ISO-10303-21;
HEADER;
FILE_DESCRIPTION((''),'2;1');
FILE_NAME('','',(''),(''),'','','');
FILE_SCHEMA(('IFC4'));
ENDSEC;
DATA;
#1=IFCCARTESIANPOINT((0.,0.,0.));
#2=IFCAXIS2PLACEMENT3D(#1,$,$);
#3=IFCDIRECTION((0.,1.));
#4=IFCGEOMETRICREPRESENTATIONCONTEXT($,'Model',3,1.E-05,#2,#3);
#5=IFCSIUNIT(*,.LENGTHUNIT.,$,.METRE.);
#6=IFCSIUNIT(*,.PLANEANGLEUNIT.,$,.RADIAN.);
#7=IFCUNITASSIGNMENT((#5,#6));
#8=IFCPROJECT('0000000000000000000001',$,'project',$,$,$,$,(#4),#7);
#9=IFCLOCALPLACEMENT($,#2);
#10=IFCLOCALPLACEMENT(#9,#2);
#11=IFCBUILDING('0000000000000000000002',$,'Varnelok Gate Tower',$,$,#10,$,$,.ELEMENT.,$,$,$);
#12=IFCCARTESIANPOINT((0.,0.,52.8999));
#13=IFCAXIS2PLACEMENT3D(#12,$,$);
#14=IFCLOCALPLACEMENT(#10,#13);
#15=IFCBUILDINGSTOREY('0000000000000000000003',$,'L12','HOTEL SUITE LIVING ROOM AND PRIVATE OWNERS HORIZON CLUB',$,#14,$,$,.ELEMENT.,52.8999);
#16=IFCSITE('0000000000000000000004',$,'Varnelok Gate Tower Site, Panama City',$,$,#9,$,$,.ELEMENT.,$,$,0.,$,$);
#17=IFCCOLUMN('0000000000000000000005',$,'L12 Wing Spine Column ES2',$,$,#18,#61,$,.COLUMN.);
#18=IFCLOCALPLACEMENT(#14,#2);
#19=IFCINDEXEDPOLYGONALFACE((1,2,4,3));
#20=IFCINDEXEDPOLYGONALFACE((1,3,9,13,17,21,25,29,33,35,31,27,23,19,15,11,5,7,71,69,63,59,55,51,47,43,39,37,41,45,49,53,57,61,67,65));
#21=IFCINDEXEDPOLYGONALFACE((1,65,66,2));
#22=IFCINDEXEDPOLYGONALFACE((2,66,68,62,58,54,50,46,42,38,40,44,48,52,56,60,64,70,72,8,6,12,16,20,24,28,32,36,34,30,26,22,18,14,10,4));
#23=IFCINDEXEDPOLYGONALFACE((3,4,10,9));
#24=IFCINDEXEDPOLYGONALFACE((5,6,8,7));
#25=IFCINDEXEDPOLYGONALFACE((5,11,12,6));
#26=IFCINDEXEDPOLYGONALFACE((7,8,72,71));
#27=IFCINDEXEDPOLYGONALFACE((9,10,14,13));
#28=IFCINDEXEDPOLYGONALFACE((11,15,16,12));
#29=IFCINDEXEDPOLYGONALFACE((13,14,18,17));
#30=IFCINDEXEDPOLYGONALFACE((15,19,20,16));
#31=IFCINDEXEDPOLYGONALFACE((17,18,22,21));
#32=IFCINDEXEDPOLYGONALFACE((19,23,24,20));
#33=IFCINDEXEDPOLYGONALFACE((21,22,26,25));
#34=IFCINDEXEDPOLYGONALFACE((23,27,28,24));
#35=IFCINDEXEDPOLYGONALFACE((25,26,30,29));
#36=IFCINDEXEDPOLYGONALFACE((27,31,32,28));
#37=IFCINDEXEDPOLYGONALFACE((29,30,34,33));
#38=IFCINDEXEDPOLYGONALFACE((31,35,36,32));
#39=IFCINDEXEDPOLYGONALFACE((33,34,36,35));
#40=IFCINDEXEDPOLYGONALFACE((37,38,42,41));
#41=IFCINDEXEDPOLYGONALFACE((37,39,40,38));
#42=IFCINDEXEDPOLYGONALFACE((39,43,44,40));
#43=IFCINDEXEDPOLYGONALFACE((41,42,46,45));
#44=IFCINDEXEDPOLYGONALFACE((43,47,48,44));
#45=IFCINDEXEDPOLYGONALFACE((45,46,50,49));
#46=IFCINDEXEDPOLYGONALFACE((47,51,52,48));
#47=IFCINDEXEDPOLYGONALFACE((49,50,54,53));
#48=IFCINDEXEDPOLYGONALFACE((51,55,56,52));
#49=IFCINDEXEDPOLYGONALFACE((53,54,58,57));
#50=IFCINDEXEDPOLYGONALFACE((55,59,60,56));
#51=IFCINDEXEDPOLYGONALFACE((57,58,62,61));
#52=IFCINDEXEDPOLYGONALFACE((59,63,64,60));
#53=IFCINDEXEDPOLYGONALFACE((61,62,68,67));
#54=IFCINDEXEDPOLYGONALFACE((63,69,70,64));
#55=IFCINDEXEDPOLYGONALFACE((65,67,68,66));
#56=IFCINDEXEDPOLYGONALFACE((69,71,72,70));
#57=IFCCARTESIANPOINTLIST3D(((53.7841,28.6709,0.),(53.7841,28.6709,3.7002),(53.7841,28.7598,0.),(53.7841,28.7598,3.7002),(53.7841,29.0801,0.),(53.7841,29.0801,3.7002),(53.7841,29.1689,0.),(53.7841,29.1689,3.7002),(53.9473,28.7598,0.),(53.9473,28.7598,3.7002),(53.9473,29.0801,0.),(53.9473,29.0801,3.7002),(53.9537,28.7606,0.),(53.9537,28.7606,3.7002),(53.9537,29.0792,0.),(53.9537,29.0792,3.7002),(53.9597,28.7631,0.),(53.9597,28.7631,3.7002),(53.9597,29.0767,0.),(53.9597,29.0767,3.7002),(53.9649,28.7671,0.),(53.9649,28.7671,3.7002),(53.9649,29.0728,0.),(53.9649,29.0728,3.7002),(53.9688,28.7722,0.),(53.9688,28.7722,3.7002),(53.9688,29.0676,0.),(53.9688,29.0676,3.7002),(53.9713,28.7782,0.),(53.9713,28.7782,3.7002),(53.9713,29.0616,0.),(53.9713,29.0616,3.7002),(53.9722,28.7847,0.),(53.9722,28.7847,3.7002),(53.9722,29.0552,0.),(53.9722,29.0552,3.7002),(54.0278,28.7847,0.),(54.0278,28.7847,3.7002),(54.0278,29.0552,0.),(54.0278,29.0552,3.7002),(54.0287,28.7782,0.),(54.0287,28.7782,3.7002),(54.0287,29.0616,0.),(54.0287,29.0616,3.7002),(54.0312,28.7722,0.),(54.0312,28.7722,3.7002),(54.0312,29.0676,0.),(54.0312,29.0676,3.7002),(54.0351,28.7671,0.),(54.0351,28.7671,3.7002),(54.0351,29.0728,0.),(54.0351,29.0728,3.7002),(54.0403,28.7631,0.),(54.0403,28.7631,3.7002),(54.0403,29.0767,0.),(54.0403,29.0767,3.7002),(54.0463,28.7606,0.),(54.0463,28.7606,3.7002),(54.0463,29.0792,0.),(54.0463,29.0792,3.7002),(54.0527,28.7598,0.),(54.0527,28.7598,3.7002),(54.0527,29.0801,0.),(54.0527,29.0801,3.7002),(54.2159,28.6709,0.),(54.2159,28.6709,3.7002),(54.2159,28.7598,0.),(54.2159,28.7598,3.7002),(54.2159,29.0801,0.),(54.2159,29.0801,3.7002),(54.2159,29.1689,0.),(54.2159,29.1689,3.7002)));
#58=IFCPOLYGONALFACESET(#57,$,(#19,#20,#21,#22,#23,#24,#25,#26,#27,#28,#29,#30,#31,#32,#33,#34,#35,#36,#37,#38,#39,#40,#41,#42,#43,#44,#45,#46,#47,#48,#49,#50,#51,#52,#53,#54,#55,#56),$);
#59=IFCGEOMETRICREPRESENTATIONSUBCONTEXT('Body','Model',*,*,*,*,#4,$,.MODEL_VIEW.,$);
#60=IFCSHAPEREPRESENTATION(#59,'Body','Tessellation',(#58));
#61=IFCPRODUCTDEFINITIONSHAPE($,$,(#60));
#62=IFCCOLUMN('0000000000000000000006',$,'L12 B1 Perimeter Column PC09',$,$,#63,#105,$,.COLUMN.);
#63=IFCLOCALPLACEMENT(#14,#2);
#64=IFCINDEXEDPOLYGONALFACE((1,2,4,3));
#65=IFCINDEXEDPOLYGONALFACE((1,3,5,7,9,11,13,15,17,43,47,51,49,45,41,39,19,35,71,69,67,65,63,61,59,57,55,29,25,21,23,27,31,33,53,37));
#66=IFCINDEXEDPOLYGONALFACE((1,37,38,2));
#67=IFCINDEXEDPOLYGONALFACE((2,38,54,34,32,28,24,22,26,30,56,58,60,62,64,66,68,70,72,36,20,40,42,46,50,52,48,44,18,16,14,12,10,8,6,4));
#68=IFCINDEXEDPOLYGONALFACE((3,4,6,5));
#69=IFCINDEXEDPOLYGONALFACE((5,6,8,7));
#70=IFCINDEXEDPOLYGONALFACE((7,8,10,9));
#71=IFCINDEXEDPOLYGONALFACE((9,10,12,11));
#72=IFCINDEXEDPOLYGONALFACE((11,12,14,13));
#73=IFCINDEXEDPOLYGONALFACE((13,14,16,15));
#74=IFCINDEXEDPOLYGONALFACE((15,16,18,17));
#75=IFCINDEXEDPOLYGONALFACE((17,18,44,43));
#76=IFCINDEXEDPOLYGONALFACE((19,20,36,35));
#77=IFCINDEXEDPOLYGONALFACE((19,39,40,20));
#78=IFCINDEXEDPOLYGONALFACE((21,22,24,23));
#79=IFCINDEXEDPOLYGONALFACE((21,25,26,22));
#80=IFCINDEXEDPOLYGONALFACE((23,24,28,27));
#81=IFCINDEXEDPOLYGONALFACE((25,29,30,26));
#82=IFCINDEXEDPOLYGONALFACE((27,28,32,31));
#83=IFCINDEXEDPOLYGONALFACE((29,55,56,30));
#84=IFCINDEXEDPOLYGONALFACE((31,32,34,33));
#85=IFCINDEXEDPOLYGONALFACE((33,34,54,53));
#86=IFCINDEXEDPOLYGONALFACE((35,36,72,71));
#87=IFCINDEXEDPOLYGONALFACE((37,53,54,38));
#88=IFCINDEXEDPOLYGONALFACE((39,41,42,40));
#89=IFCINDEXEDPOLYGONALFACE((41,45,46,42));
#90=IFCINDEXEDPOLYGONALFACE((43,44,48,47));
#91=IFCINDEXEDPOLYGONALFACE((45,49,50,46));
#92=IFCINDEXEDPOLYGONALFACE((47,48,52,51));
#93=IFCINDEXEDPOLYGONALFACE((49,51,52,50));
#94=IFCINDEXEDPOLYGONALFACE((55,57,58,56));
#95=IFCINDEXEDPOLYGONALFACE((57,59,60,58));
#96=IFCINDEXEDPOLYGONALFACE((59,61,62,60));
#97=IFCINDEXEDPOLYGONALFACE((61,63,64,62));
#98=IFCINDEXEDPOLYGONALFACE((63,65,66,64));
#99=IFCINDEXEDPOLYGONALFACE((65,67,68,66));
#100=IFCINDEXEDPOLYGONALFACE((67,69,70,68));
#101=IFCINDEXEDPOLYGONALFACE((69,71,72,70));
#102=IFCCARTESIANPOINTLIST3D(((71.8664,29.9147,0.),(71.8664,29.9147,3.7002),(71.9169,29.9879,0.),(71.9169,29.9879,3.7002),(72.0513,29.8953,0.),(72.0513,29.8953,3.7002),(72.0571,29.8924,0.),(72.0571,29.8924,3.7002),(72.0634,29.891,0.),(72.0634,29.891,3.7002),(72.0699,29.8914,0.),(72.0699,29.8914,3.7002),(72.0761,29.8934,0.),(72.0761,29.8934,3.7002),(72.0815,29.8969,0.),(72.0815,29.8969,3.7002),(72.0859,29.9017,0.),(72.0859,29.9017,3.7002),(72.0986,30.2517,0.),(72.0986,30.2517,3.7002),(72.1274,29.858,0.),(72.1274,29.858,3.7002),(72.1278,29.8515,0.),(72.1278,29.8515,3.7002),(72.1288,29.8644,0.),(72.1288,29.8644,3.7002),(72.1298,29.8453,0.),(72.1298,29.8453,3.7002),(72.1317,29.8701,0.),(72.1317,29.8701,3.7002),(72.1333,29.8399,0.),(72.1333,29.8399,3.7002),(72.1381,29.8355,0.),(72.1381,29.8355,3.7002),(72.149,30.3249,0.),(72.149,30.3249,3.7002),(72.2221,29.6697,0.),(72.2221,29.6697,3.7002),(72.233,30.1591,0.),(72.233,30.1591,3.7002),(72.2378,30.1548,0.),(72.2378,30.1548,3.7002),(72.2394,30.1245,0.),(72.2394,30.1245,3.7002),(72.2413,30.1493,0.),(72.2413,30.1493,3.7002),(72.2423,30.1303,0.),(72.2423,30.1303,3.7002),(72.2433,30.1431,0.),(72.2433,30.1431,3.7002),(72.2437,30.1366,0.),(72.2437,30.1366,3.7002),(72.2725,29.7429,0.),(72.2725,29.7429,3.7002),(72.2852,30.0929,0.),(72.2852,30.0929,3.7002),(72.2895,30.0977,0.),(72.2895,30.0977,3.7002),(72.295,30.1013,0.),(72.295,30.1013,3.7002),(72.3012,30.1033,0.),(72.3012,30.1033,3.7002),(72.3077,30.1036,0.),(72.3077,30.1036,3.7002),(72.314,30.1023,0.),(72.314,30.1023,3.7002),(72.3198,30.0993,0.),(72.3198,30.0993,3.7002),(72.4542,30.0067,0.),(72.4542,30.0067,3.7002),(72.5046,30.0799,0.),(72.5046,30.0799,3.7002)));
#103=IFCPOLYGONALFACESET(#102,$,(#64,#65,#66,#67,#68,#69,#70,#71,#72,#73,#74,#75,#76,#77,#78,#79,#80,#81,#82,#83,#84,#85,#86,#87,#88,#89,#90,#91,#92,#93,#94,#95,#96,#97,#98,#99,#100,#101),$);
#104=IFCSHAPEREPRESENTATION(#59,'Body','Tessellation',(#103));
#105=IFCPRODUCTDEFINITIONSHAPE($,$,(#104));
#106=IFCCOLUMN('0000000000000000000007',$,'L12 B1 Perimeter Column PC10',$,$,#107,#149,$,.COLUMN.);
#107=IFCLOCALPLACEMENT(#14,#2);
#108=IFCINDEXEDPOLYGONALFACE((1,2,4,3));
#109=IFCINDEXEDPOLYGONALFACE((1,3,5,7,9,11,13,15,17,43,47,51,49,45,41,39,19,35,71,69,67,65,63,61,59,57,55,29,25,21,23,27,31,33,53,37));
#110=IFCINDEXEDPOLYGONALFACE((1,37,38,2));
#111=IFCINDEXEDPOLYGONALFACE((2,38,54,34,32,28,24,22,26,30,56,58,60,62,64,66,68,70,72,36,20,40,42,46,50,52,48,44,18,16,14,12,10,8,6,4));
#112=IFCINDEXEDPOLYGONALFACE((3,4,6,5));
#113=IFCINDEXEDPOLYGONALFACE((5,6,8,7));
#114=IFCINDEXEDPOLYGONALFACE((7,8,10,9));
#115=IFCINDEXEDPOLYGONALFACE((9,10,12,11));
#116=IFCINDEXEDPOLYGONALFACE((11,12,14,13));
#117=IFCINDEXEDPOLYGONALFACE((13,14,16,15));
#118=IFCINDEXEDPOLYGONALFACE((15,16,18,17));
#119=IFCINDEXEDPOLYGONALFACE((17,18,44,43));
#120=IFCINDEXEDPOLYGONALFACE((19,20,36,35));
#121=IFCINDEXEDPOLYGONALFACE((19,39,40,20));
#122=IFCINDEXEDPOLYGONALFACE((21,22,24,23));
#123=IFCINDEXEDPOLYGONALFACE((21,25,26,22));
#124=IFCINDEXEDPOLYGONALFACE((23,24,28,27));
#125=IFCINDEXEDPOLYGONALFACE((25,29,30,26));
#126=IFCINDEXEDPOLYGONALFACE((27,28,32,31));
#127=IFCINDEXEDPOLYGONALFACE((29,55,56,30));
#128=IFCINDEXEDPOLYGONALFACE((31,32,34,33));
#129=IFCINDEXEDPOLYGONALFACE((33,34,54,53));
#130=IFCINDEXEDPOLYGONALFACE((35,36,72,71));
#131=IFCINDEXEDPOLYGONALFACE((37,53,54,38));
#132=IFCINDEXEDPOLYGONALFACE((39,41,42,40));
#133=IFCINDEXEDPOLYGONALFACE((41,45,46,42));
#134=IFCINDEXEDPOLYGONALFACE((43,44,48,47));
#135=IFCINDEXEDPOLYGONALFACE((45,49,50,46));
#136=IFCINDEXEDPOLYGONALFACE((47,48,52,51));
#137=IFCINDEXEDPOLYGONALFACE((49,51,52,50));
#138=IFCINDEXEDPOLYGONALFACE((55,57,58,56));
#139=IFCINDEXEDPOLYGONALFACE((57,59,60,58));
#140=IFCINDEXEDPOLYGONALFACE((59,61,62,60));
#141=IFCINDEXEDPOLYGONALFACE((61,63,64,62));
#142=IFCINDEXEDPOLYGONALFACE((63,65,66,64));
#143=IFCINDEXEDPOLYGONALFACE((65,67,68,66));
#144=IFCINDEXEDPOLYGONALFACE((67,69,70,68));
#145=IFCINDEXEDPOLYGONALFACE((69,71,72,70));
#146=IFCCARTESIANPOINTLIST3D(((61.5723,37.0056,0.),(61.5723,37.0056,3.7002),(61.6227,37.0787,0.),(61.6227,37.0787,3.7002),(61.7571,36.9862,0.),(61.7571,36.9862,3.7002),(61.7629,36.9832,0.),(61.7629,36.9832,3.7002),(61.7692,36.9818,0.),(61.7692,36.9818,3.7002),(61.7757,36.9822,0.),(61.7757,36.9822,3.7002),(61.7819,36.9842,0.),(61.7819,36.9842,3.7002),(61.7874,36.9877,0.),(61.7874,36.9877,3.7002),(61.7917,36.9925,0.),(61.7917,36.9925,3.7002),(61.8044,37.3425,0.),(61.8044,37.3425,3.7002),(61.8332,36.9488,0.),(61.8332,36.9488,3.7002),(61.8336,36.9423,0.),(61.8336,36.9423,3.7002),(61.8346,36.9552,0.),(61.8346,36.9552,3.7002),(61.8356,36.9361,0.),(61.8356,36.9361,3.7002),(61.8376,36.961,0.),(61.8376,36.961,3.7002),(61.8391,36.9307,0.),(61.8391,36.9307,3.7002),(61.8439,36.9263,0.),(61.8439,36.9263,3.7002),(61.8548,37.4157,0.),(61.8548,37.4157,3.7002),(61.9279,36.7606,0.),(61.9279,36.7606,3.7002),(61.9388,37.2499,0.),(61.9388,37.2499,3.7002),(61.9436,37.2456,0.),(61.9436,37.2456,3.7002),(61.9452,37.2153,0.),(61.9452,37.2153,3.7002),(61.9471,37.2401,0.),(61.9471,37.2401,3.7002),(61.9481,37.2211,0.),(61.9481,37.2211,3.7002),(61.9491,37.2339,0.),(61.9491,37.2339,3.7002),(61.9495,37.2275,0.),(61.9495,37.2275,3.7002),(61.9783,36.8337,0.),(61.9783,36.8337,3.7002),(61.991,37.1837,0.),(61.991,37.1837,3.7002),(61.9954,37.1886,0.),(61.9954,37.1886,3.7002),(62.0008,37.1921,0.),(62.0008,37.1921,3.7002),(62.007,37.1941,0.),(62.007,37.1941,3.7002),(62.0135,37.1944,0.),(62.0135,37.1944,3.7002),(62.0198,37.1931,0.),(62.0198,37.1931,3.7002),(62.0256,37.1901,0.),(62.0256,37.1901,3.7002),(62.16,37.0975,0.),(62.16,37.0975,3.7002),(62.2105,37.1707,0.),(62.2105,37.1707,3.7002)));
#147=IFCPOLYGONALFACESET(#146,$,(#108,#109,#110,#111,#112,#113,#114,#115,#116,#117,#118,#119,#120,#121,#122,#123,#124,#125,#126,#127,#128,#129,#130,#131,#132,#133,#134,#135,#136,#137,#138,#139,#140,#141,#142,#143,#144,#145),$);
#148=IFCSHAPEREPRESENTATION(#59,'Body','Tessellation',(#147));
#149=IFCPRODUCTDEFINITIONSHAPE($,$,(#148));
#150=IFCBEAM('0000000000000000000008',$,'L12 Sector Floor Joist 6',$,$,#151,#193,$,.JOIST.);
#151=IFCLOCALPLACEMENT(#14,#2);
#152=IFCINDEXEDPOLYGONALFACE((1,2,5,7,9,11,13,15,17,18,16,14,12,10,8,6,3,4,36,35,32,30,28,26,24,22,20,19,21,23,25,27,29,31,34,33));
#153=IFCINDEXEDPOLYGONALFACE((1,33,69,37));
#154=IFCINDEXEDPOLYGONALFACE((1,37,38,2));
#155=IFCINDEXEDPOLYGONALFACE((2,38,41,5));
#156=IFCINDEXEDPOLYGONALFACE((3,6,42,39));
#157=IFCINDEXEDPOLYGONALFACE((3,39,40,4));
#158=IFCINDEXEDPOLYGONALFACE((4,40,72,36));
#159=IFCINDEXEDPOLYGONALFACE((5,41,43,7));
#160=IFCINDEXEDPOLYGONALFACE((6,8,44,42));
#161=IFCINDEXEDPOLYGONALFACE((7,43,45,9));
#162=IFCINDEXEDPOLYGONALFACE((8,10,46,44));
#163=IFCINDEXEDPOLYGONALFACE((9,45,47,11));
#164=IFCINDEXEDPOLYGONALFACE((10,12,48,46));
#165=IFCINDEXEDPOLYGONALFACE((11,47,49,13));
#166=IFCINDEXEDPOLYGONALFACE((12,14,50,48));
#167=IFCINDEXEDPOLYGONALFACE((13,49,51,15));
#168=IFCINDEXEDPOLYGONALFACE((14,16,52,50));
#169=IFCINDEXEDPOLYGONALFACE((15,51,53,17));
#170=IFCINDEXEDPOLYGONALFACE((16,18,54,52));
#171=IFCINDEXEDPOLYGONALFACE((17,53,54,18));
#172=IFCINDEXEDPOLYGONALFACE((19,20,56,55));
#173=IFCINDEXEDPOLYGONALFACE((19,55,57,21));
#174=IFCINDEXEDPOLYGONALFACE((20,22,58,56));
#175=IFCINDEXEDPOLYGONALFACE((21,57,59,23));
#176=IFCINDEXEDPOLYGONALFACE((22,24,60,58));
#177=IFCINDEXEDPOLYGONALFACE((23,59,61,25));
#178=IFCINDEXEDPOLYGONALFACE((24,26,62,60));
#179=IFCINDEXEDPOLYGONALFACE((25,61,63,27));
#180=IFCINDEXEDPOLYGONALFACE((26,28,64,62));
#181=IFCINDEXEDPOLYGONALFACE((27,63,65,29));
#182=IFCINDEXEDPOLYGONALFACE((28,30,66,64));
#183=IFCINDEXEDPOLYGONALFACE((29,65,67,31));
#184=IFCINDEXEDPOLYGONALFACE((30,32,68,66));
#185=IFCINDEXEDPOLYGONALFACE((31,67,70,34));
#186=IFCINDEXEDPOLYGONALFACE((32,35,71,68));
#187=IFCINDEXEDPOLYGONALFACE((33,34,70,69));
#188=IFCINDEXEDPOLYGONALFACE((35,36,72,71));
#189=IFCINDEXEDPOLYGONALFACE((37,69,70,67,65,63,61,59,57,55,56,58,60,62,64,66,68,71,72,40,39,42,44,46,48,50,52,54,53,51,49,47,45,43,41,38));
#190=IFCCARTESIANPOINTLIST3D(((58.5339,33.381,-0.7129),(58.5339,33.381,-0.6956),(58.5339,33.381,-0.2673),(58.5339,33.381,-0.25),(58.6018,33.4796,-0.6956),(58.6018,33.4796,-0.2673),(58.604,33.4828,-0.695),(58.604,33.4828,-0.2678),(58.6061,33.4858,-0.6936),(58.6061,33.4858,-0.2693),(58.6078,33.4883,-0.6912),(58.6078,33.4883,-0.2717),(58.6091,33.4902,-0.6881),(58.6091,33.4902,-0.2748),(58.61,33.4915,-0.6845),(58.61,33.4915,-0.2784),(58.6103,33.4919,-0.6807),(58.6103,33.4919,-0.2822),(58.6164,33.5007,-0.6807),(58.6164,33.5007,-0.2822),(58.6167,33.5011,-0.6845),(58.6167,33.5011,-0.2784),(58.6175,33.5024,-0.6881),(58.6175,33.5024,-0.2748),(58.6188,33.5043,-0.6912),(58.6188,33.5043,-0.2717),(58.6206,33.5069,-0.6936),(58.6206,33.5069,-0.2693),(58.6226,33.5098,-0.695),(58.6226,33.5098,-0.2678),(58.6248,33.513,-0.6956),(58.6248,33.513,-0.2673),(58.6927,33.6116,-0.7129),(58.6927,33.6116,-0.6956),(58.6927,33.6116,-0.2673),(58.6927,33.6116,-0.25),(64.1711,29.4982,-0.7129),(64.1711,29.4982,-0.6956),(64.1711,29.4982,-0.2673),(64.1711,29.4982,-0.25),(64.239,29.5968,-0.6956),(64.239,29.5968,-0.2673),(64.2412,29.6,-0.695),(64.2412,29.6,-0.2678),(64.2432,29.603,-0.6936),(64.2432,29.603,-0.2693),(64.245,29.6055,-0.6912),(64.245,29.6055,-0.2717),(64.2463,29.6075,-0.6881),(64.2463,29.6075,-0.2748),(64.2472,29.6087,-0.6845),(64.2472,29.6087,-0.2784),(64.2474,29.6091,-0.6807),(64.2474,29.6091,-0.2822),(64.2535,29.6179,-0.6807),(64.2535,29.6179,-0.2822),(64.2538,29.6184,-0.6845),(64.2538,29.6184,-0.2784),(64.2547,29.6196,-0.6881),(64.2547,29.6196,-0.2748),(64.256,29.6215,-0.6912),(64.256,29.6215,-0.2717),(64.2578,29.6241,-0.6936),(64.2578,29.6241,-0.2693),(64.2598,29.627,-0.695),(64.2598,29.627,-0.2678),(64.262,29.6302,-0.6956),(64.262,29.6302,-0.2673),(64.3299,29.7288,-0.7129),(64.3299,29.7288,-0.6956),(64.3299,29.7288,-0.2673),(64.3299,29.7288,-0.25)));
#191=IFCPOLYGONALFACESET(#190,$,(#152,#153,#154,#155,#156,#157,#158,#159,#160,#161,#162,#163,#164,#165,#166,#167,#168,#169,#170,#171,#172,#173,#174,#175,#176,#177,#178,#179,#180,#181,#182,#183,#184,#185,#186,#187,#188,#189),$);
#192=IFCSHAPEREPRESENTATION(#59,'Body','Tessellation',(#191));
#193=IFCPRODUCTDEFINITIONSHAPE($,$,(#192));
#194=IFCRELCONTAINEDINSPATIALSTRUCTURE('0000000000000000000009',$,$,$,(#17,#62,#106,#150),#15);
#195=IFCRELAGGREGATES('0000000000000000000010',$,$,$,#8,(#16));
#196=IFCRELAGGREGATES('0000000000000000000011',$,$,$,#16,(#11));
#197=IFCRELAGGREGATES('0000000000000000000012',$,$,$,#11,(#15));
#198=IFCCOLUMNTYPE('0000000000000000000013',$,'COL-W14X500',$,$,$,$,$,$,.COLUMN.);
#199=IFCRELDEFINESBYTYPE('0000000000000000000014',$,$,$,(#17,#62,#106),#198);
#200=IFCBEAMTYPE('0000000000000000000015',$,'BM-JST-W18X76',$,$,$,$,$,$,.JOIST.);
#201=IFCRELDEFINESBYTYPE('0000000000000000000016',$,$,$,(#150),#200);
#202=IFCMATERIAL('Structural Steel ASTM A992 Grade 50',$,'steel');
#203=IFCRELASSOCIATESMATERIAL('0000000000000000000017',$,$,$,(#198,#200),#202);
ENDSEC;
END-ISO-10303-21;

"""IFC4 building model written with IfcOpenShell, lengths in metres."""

from ifc_helpers import new_model, si_unit, direction, frame, origin, origin_2d, place, context, subcontext, project, spatial, i_section, extrude, material, material_profile, profile_set, type_object, element, save


model = new_model("IFC4")

# Units and contexts
model_context = context("Model", 3, precision=1e-05, world=origin(), true_north=direction((0.0, 1.0)))
body_context = subcontext(model_context, "Body", "Model", "MODEL_VIEW")
ifc_project = project(units=[si_unit("LENGTHUNIT", "METRE"), si_unit("PLANEANGLEUNIT", "RADIAN")], contexts=[model_context])

# Site, building, storey
site_placement = place(None, origin())
site = spatial("IfcSite", under=ifc_project, at=site_placement, Name="Varnelok Gate Tower Site, Panama City", CompositionType="ELEMENT", RefElevation=0.0)
building_placement = place(site_placement, origin())
building = spatial("IfcBuilding", under=site, at=building_placement, Name="Varnelok Gate Tower", CompositionType="ELEMENT")
storey_placement = place(building_placement, frame((0.0, 0.0, 52.8999)))
storey = spatial("IfcBuildingStorey", under=building, at=storey_placement, Name="L12", Description="HOTEL SUITE LIVING ROOM AND PRIVATE OWNERS HORIZON CLUB", CompositionType="ELEMENT", Elevation=52.8999)

# Columns
ifc_material_1 = material(Name="Structural Steel ASTM A992 Grade 50", Category="steel")
ifc_material_profile_1 = material_profile(ifc_material_1, i_section(OverallWidth=0.4319, OverallDepth=0.498, WebThickness=0.0557, FlangeThickness=0.0889, FilletRadius=0.0249, at=origin_2d()), Name="W14X500")
ifc_profile_set_1 = profile_set([ifc_material_profile_1], Name="Structural Steel ASTM A992 Grade 50")
column_type = type_object("IfcColumnType", Name="COL-W14X500", PredefinedType="COLUMN", material=ifc_profile_set_1)
for number, where, z_axis, x_axis, name in (
    (1, (54.0, 28.9199, 0.0), (0.0, 0.0, 1.0), (1.0, 0.0, 0.0), "L12 Wing Spine Column ES2"),
    (2, (72.1855, 29.9973, 0.0), (0.0, 0.0, 1.0), (0.823533, -0.567269, 0.0), "L12 B1 Perimeter Column PC09"),
    (3, (61.8914, 37.0881, 0.0), (0.0, 0.0, 1.0), (0.823533, -0.567269, 0.0), "L12 B1 Perimeter Column PC10"),
):
    element("IfcColumn", number, at=place(storey_placement, frame(where, z_axis=z_axis, x_axis=x_axis)), inside=storey, type_object=column_type, Name=name, PredefinedType="COLUMN", context=body_context, shape_type="SweptSolid", body=[
        extrude(i_section(OverallWidth=0.4319, OverallDepth=0.498, WebThickness=0.0557, FlangeThickness=0.0889, FilletRadius=0.0249, at=origin_2d()), origin(), (0.0, 0.0, 1.0), 3.7002),
    ])

# Beam
ifc_material_profile_2 = material_profile(ifc_material_1, i_section(OverallWidth=0.28, OverallDepth=0.4629, WebThickness=0.0107, FlangeThickness=0.0173, FilletRadius=0.0149, at=origin_2d()), Name="W18X76")
ifc_profile_set_2 = profile_set([ifc_material_profile_2], Name="Structural Steel ASTM A992 Grade 50")
beam_type_1 = type_object("IfcBeamType", Name="BM-JST-W18X76", PredefinedType="JOIST", material=ifc_profile_set_2)
beam_1_placement = place(storey_placement, frame((64.2505, 29.6135, -0.4814), z_axis=(-0.823548, 0.567246, 0.0), x_axis=(-0.567246, -0.823548, 0.0)))
element("IfcBeam", 4, at=beam_1_placement, inside=storey, type_object=beam_type_1, Name="L12 Sector Floor Joist 6", PredefinedType="JOIST", context=body_context, shape_type="SweptSolid", body=[
    extrude(i_section(OverallWidth=0.28, OverallDepth=0.4629, WebThickness=0.0107, FlangeThickness=0.0173, FilletRadius=0.0149, at=origin_2d()), origin(), (0.0, 0.0, 1.0), 6.845),
])

save(model, "model.ifc")
